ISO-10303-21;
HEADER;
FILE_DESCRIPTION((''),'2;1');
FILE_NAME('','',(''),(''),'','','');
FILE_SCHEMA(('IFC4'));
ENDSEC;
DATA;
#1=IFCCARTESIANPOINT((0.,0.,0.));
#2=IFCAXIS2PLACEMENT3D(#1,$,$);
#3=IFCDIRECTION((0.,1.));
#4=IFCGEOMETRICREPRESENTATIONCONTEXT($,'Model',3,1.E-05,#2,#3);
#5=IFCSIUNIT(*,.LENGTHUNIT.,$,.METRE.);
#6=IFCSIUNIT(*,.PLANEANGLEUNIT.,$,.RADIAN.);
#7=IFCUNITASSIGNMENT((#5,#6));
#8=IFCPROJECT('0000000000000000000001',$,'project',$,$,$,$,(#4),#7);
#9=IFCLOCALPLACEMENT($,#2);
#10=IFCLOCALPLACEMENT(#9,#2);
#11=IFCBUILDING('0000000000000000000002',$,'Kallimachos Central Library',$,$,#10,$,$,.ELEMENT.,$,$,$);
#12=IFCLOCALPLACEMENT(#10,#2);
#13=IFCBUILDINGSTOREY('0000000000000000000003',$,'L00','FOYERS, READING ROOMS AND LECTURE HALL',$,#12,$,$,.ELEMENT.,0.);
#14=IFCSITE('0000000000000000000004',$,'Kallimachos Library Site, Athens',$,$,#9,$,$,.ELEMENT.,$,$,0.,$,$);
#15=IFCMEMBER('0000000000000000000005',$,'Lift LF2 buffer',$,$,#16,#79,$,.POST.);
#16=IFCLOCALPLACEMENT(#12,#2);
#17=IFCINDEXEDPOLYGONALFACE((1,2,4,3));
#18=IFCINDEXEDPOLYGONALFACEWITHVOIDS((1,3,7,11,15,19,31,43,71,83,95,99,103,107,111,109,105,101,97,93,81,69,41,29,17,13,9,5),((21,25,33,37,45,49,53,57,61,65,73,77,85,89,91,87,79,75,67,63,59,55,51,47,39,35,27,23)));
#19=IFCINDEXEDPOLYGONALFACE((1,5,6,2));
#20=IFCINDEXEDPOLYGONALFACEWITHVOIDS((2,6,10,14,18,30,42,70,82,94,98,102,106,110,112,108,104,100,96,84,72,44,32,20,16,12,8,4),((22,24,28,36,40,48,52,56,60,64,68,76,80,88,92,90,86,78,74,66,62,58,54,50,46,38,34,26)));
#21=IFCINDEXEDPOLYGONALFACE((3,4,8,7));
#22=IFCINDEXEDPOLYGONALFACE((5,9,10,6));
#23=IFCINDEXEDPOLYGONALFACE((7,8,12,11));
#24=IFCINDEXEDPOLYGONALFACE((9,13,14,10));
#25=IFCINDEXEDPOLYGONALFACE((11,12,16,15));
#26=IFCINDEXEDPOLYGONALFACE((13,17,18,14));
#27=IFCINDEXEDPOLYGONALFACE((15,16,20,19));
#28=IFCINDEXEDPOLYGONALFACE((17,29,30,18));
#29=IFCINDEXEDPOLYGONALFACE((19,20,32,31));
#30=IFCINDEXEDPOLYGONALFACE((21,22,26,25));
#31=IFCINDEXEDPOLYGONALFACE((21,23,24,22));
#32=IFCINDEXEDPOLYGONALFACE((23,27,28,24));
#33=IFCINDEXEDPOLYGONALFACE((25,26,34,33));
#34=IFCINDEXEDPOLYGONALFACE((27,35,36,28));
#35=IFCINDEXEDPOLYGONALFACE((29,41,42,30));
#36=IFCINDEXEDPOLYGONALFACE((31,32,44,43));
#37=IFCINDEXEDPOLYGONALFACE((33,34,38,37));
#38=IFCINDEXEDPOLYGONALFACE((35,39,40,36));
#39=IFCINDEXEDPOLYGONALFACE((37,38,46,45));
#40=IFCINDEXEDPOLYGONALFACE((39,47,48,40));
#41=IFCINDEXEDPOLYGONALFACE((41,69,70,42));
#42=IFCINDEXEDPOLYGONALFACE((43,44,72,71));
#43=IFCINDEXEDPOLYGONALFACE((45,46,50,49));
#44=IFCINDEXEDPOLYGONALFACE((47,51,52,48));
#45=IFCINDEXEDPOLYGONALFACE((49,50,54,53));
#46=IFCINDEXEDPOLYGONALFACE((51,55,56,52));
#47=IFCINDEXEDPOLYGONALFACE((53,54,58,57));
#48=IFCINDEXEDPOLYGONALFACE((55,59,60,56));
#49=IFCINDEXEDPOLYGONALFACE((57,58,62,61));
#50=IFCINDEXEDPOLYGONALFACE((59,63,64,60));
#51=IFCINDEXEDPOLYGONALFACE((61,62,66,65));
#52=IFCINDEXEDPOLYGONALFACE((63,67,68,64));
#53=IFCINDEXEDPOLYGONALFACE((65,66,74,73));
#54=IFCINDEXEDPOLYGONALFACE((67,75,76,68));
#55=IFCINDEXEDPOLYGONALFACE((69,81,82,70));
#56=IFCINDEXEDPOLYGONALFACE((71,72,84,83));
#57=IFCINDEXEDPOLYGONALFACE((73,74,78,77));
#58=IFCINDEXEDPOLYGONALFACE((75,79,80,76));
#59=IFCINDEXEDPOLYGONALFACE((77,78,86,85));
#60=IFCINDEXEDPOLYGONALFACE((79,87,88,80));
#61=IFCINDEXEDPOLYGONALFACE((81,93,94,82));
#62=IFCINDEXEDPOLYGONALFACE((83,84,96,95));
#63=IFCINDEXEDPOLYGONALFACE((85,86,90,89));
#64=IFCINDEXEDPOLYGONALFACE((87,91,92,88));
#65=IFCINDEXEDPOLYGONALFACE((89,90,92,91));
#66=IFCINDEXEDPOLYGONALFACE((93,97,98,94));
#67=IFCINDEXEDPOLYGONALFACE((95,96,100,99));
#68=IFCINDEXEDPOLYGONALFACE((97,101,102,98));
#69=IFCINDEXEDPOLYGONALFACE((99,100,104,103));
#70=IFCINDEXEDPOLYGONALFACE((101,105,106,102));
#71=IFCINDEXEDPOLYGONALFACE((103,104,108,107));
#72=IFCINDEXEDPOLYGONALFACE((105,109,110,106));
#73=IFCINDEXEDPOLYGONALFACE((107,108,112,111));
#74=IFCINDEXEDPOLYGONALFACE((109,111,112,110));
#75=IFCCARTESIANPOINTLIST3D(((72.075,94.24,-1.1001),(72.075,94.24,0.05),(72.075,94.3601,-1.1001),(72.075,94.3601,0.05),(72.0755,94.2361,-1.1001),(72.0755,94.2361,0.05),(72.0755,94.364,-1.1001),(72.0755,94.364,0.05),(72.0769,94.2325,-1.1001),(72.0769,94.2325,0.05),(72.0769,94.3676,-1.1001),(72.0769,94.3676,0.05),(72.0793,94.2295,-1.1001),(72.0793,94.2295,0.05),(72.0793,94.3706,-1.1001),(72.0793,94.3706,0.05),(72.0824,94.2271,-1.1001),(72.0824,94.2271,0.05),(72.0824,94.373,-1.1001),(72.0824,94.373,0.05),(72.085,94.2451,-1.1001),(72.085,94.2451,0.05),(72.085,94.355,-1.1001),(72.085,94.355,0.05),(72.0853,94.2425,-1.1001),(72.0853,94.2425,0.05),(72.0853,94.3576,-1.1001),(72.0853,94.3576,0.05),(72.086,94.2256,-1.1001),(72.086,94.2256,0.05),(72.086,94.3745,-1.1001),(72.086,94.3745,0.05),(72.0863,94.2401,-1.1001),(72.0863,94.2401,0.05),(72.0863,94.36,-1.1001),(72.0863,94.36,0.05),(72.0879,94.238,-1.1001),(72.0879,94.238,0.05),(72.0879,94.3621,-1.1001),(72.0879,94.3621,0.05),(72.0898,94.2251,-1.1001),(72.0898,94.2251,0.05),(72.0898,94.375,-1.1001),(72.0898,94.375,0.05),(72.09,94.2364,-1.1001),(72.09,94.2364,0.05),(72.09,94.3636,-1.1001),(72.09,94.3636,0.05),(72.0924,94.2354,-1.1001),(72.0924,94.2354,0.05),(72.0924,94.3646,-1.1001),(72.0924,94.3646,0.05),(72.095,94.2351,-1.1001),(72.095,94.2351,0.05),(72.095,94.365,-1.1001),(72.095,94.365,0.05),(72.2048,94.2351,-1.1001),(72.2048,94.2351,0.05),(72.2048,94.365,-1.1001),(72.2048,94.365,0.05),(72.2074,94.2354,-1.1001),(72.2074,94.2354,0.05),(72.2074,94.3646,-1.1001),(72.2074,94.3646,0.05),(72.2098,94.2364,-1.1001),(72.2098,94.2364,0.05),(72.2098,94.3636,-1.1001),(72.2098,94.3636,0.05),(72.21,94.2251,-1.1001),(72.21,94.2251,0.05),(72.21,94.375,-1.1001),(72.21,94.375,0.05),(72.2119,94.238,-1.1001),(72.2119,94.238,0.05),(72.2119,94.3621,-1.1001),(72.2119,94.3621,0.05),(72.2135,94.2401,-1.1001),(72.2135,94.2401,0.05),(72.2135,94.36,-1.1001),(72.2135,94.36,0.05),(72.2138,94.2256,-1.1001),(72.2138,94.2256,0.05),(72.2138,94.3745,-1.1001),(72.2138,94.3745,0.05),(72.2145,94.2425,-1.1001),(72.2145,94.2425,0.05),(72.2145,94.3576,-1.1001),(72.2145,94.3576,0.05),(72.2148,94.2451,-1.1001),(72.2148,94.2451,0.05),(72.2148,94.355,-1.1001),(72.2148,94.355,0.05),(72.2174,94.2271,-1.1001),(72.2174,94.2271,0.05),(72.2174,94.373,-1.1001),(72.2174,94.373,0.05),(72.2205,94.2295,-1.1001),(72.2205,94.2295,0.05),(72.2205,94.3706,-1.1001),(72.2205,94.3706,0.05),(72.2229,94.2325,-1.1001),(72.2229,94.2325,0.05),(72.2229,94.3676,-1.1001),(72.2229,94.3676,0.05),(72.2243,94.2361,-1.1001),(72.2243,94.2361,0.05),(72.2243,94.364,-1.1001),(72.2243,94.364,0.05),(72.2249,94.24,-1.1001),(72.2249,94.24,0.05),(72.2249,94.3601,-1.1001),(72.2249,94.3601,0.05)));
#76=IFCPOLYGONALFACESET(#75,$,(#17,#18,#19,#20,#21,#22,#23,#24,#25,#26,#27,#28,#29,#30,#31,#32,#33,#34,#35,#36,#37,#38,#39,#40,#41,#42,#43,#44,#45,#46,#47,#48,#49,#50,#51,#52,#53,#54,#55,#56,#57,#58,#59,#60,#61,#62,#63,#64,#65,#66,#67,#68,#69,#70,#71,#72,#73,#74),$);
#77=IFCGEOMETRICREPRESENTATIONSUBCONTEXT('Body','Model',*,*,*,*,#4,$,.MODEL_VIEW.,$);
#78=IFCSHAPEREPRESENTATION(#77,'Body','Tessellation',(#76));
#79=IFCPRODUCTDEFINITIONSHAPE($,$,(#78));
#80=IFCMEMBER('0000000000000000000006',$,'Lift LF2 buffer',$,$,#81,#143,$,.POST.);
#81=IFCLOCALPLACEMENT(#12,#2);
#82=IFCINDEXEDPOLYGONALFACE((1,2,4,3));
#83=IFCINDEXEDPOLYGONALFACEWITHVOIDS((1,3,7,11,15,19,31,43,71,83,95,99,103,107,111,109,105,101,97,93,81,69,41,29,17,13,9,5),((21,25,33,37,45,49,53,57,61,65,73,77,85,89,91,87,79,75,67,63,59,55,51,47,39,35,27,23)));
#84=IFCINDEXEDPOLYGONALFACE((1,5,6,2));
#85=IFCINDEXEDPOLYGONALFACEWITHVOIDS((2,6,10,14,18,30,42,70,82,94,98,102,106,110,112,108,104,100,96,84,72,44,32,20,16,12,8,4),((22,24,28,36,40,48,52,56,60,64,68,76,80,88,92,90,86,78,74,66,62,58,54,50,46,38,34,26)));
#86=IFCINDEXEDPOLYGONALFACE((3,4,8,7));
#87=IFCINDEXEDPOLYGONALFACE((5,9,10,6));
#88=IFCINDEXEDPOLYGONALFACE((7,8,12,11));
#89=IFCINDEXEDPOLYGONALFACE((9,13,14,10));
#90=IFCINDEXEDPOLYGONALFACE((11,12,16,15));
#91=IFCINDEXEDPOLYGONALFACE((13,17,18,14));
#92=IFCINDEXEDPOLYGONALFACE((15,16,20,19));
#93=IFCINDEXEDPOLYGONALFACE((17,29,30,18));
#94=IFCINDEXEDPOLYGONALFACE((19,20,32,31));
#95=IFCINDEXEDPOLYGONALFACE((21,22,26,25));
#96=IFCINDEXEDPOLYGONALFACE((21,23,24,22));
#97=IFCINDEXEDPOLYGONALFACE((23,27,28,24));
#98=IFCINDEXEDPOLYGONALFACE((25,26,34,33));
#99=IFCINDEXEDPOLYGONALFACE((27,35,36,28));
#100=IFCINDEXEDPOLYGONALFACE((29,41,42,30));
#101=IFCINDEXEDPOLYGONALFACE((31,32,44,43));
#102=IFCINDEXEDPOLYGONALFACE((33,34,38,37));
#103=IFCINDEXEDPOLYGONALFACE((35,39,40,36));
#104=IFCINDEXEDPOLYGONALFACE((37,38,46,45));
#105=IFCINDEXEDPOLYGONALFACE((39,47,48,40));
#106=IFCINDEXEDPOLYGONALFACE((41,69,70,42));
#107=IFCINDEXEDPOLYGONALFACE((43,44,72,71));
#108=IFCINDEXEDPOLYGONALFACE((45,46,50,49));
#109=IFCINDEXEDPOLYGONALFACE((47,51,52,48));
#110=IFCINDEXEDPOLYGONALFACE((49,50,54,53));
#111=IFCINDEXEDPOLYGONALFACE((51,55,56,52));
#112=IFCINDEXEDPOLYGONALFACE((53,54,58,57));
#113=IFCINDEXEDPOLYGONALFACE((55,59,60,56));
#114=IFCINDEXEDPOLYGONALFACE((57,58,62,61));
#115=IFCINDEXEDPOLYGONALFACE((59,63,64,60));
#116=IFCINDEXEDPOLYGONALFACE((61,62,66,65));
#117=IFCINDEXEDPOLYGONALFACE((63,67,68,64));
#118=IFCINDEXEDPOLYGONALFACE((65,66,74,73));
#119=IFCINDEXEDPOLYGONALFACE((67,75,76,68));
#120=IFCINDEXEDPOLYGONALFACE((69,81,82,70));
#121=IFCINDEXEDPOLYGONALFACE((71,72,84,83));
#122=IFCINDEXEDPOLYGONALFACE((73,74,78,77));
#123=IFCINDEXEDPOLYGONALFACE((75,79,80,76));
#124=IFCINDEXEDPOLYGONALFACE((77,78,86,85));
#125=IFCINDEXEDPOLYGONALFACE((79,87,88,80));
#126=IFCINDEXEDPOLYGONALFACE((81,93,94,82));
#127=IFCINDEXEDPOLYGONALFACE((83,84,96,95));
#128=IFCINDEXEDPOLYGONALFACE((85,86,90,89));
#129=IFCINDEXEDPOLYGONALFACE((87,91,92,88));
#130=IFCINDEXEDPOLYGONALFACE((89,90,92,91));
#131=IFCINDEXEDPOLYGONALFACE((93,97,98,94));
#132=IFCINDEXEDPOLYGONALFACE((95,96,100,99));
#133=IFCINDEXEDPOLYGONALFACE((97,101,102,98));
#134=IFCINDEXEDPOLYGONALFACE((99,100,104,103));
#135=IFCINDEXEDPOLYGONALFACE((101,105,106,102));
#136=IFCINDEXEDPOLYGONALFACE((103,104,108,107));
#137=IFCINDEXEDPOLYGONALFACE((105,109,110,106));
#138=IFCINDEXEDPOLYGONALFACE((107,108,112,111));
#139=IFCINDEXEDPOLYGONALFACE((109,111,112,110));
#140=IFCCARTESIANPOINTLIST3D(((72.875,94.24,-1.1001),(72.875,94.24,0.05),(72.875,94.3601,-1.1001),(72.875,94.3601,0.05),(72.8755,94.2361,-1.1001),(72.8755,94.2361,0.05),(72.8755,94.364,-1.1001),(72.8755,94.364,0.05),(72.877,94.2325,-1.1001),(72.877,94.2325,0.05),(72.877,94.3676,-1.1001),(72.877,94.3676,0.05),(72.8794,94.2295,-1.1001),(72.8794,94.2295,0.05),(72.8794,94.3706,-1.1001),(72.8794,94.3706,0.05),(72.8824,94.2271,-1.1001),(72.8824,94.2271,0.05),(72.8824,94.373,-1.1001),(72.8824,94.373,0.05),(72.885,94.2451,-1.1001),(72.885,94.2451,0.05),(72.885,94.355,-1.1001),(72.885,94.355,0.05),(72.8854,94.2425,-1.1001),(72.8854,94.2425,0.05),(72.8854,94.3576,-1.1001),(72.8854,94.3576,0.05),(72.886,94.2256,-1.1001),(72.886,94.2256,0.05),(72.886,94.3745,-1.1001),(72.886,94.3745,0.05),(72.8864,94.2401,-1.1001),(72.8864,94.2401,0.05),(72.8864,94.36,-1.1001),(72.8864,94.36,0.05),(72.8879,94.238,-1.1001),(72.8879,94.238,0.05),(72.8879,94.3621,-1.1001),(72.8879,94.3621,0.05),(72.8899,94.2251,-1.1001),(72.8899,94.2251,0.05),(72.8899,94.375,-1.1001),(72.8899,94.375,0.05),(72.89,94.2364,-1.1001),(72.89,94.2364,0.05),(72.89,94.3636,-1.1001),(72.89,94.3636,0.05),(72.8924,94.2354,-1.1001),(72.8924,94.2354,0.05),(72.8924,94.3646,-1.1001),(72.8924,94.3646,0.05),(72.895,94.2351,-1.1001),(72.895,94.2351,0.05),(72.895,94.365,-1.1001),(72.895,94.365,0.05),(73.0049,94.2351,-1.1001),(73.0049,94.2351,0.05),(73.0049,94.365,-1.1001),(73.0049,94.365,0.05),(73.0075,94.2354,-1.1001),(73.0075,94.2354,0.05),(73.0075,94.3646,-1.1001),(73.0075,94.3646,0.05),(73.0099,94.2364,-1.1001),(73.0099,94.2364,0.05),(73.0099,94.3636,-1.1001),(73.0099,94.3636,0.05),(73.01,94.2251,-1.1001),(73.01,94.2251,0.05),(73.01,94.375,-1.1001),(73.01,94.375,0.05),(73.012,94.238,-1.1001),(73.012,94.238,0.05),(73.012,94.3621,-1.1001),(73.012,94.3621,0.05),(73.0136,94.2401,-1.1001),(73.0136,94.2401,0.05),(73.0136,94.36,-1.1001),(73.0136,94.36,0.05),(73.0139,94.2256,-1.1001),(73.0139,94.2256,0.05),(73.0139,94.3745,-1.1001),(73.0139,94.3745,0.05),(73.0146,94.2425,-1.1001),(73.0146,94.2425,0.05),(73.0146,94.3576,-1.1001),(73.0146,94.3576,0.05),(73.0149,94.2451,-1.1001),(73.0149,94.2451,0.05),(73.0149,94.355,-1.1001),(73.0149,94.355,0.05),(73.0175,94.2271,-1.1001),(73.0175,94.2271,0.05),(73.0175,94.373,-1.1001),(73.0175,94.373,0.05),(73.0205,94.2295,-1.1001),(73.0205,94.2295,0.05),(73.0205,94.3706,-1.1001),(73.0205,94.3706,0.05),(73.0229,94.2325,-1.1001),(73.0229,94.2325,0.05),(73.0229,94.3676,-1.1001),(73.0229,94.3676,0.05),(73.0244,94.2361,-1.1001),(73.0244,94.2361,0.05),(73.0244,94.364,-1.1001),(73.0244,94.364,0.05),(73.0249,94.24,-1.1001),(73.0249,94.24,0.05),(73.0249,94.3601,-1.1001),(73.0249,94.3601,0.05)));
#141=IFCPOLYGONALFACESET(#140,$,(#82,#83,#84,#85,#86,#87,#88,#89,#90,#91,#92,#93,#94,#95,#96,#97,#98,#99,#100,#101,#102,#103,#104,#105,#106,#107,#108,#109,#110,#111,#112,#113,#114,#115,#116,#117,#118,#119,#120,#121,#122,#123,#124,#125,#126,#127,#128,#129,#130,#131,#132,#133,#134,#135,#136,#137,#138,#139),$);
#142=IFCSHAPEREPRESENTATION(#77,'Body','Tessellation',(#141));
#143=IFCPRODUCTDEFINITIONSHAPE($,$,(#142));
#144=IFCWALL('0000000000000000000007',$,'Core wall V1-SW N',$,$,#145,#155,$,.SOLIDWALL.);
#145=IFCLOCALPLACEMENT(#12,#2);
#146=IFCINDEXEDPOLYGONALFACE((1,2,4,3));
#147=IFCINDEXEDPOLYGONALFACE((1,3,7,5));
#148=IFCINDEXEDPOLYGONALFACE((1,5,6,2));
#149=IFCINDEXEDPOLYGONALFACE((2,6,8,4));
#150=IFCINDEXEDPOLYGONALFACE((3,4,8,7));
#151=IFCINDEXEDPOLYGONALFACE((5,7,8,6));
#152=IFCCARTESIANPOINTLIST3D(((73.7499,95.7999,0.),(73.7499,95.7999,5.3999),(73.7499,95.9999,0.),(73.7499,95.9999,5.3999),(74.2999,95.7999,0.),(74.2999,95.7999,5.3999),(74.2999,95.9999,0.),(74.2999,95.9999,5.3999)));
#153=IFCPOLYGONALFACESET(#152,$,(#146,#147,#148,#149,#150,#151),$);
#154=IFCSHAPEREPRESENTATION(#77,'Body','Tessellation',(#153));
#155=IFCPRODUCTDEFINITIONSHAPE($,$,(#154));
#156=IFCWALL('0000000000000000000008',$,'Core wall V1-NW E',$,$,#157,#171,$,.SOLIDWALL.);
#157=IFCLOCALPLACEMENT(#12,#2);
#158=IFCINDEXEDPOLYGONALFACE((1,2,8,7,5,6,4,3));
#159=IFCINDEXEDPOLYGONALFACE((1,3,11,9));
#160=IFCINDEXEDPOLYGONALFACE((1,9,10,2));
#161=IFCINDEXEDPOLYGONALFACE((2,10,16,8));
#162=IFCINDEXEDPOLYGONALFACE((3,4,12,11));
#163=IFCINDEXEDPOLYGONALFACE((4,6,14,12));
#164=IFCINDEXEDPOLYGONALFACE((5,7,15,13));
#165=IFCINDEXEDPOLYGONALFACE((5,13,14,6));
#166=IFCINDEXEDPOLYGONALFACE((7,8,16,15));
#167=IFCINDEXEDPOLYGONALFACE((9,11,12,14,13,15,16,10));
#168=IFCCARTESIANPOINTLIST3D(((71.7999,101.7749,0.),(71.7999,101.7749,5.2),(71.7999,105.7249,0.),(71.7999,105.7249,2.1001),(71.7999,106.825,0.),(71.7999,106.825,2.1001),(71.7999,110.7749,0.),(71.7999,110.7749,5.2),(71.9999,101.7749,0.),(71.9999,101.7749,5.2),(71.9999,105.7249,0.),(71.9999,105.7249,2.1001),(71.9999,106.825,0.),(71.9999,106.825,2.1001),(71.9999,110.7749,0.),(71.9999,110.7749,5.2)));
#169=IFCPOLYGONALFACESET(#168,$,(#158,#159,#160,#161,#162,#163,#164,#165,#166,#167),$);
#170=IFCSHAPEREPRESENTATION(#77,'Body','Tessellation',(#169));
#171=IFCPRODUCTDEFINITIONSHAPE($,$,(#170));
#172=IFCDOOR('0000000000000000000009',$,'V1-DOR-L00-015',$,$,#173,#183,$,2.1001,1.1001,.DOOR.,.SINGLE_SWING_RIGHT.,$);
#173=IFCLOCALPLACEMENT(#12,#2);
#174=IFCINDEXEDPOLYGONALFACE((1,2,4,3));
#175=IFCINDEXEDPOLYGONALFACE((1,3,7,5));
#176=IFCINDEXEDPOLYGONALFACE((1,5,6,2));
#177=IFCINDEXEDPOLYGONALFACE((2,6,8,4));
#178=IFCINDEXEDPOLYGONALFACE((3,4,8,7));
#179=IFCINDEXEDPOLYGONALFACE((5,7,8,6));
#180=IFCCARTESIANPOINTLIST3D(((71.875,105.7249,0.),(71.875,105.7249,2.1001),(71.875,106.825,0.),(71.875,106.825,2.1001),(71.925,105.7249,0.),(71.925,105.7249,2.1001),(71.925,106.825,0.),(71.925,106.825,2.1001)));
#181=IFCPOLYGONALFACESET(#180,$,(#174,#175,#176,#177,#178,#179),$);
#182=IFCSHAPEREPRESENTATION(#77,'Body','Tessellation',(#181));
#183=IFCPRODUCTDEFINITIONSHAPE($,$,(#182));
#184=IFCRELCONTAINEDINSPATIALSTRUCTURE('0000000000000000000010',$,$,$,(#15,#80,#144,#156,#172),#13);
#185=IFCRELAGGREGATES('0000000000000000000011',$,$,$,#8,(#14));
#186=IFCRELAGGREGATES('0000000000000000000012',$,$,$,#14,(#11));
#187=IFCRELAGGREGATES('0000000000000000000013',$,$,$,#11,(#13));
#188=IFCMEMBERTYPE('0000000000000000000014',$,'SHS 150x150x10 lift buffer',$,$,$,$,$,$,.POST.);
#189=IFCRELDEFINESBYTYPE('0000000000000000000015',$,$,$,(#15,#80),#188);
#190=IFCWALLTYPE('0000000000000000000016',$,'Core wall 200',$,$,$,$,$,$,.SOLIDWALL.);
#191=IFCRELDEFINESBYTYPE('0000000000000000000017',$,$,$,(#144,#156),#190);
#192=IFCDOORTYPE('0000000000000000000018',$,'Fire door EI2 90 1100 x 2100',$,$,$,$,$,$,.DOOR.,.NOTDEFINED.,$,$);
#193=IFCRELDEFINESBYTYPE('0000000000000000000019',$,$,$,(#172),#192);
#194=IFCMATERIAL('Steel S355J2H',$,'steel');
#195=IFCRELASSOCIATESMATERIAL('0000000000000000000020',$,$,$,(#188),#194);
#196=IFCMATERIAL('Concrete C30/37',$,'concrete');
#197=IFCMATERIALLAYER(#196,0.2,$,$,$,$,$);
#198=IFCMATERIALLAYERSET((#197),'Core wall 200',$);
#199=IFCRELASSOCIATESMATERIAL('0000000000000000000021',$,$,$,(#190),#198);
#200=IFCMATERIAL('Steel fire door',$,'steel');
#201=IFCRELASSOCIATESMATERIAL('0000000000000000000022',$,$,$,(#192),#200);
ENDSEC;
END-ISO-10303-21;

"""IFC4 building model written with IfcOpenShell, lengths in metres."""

from ifc_helpers import new_model, si_unit, direction, frame, frame_2d, origin, origin_2d, place, context, subcontext, project, spatial, rectangle, hollow_rectangle, extrude, material, layer, layer_set, material_profile, profile_set, type_object, element, fill, save


model = new_model("IFC4")

# Units and contexts
model_context = context("Model", 3, precision=1e-05, world=origin(), true_north=direction((0.0, 1.0)))
body_context = subcontext(model_context, "Body", "Model", "MODEL_VIEW")
ifc_project = project(units=[si_unit("LENGTHUNIT", "METRE"), si_unit("PLANEANGLEUNIT", "RADIAN")], contexts=[model_context])

# Site, building, storey
site_placement = place(None, origin())
site = spatial("IfcSite", under=ifc_project, at=site_placement, Name="Kallimachos Library Site, Athens", CompositionType="ELEMENT", RefElevation=0.0)
building_placement = place(site_placement, origin())
building = spatial("IfcBuilding", under=site, at=building_placement, Name="Kallimachos Central Library", CompositionType="ELEMENT")
storey_placement = place(building_placement, origin())
storey = spatial("IfcBuildingStorey", under=building, at=storey_placement, Name="L00", Description="FOYERS, READING ROOMS AND LECTURE HALL", CompositionType="ELEMENT", Elevation=0.0)

# Members
ifc_material_1 = material(Name="Steel S355J2H", Category="steel")
ifc_material_profile_1 = material_profile(ifc_material_1, hollow_rectangle(XDim=0.1499, YDim=0.1499, WallThickness=0.01, InnerFilletRadius=0.01, OuterFilletRadius=0.0149, at=origin_2d()), Name="SHS 150x150x10")
ifc_profile_set_1 = profile_set([ifc_material_profile_1], Name="Steel S355J2H")
member_type = type_object("IfcMemberType", Name="SHS 150x150x10 lift buffer", PredefinedType="POST", material=ifc_profile_set_1)
for number, where, z_axis, x_axis, name in (
    (1, (72.1499, 94.3, -1.1001), (0.0, 0.0, 1.0), (1.0, 0.0, 0.0), "Lift LF2 buffer"),
    (2, (72.95, 94.3, -1.1001), (0.0, 0.0, 1.0), (1.0, 0.0, 0.0), "Lift LF2 buffer"),
):
    element("IfcMember", number, at=place(storey_placement, frame(where, z_axis=z_axis, x_axis=x_axis)), inside=storey, type_object=member_type, Name=name, PredefinedType="POST", context=body_context, shape_type="SweptSolid", body=[
        extrude(hollow_rectangle(XDim=0.1499, YDim=0.1499, WallThickness=0.01, InnerFilletRadius=0.01, OuterFilletRadius=0.0149, at=origin_2d()), origin(), (0.0, 0.0, 1.0), 1.1501),
    ])

# Wall
ifc_material_2 = material(Name="Concrete C30/37", Category="concrete")
ifc_layer_1 = layer(ifc_material_2, 0.2)
ifc_layer_set_1 = layer_set([ifc_layer_1], Name="Core wall 200")
wall_type_1 = type_object("IfcWallType", Name="Core wall 200", PredefinedType="SOLIDWALL", material=ifc_layer_set_1)
wall_1_placement = place(storey_placement, frame((73.75, 95.8999, 0.0), z_axis=(0.0, 0.0, 1.0), x_axis=(1.0, 0.0, 0.0)))
element("IfcWall", 3, at=wall_1_placement, inside=storey, type_object=wall_type_1, Name="Core wall V1-SW N", PredefinedType="SOLIDWALL", context=body_context, shape_type="SweptSolid", body=[
    extrude(rectangle(XDim=0.55, YDim=0.2, at=frame_2d((0.2749, 0.0))), origin(), (0.0, 0.0, 1.0), 5.3999),
])

# Wall, opening, door
wall_2_placement = place(storey_placement, frame((71.8999, 101.7749, 0.0), z_axis=(0.0, 0.0, 1.0), x_axis=(0.0, 1.0, 0.0)))
wall_2 = element("IfcWall", 4, at=wall_2_placement, inside=storey, type_object=wall_type_1, Name="Core wall V1-NW E", PredefinedType="SOLIDWALL", context=body_context, shape_type="SweptSolid", body=[
    extrude(rectangle(XDim=9.0, YDim=0.2, at=frame_2d((4.5, 0.0))), origin(), (0.0, 0.0, 1.0), 5.2),
])
opening_1_placement = place(wall_2_placement, frame((3.95, 0.0, 0.0)))
opening_1 = element("IfcOpeningElement", 5, at=opening_1_placement, cuts=wall_2, PredefinedType="OPENING", context=body_context, shape_type="SweptSolid", body=[
    extrude(rectangle(XDim=1.1001, YDim=2.1001, at=frame_2d((0.55, 1.05))), frame((0.0, 0.1099, 0.0), z_axis=(0.0, -1.0, 0.0), x_axis=(1.0, 0.0, 0.0)), (0.0, 0.0, 1.0), 0.22),
])
ifc_material_3 = material(Name="Steel fire door", Category="steel")
door_type_1 = type_object("IfcDoorType", Name="Fire door EI2 90 1100 x 2100", OperationType="NOTDEFINED", PredefinedType="DOOR", material=ifc_material_3)
door_1_placement = place(opening_1_placement, origin())
door_1 = element("IfcDoor", 6, at=door_1_placement, inside=storey, type_object=door_type_1, Name="V1-DOR-L00-015", OperationType="SINGLE_SWING_RIGHT", OverallHeight=2.1001, OverallWidth=1.1001, PredefinedType="DOOR", context=body_context, shape_type="SweptSolid", body=[
    extrude(rectangle(XDim=1.1001, YDim=2.1001, at=frame_2d((0.55, 1.05))), frame((0.0, 0.0249, 0.0), z_axis=(0.0, -1.0, 0.0), x_axis=(1.0, 0.0, 0.0)), (0.0, 0.0, 1.0), 0.05),
])
fill(opening_1, door_1)

save(model, "model.ifc")
